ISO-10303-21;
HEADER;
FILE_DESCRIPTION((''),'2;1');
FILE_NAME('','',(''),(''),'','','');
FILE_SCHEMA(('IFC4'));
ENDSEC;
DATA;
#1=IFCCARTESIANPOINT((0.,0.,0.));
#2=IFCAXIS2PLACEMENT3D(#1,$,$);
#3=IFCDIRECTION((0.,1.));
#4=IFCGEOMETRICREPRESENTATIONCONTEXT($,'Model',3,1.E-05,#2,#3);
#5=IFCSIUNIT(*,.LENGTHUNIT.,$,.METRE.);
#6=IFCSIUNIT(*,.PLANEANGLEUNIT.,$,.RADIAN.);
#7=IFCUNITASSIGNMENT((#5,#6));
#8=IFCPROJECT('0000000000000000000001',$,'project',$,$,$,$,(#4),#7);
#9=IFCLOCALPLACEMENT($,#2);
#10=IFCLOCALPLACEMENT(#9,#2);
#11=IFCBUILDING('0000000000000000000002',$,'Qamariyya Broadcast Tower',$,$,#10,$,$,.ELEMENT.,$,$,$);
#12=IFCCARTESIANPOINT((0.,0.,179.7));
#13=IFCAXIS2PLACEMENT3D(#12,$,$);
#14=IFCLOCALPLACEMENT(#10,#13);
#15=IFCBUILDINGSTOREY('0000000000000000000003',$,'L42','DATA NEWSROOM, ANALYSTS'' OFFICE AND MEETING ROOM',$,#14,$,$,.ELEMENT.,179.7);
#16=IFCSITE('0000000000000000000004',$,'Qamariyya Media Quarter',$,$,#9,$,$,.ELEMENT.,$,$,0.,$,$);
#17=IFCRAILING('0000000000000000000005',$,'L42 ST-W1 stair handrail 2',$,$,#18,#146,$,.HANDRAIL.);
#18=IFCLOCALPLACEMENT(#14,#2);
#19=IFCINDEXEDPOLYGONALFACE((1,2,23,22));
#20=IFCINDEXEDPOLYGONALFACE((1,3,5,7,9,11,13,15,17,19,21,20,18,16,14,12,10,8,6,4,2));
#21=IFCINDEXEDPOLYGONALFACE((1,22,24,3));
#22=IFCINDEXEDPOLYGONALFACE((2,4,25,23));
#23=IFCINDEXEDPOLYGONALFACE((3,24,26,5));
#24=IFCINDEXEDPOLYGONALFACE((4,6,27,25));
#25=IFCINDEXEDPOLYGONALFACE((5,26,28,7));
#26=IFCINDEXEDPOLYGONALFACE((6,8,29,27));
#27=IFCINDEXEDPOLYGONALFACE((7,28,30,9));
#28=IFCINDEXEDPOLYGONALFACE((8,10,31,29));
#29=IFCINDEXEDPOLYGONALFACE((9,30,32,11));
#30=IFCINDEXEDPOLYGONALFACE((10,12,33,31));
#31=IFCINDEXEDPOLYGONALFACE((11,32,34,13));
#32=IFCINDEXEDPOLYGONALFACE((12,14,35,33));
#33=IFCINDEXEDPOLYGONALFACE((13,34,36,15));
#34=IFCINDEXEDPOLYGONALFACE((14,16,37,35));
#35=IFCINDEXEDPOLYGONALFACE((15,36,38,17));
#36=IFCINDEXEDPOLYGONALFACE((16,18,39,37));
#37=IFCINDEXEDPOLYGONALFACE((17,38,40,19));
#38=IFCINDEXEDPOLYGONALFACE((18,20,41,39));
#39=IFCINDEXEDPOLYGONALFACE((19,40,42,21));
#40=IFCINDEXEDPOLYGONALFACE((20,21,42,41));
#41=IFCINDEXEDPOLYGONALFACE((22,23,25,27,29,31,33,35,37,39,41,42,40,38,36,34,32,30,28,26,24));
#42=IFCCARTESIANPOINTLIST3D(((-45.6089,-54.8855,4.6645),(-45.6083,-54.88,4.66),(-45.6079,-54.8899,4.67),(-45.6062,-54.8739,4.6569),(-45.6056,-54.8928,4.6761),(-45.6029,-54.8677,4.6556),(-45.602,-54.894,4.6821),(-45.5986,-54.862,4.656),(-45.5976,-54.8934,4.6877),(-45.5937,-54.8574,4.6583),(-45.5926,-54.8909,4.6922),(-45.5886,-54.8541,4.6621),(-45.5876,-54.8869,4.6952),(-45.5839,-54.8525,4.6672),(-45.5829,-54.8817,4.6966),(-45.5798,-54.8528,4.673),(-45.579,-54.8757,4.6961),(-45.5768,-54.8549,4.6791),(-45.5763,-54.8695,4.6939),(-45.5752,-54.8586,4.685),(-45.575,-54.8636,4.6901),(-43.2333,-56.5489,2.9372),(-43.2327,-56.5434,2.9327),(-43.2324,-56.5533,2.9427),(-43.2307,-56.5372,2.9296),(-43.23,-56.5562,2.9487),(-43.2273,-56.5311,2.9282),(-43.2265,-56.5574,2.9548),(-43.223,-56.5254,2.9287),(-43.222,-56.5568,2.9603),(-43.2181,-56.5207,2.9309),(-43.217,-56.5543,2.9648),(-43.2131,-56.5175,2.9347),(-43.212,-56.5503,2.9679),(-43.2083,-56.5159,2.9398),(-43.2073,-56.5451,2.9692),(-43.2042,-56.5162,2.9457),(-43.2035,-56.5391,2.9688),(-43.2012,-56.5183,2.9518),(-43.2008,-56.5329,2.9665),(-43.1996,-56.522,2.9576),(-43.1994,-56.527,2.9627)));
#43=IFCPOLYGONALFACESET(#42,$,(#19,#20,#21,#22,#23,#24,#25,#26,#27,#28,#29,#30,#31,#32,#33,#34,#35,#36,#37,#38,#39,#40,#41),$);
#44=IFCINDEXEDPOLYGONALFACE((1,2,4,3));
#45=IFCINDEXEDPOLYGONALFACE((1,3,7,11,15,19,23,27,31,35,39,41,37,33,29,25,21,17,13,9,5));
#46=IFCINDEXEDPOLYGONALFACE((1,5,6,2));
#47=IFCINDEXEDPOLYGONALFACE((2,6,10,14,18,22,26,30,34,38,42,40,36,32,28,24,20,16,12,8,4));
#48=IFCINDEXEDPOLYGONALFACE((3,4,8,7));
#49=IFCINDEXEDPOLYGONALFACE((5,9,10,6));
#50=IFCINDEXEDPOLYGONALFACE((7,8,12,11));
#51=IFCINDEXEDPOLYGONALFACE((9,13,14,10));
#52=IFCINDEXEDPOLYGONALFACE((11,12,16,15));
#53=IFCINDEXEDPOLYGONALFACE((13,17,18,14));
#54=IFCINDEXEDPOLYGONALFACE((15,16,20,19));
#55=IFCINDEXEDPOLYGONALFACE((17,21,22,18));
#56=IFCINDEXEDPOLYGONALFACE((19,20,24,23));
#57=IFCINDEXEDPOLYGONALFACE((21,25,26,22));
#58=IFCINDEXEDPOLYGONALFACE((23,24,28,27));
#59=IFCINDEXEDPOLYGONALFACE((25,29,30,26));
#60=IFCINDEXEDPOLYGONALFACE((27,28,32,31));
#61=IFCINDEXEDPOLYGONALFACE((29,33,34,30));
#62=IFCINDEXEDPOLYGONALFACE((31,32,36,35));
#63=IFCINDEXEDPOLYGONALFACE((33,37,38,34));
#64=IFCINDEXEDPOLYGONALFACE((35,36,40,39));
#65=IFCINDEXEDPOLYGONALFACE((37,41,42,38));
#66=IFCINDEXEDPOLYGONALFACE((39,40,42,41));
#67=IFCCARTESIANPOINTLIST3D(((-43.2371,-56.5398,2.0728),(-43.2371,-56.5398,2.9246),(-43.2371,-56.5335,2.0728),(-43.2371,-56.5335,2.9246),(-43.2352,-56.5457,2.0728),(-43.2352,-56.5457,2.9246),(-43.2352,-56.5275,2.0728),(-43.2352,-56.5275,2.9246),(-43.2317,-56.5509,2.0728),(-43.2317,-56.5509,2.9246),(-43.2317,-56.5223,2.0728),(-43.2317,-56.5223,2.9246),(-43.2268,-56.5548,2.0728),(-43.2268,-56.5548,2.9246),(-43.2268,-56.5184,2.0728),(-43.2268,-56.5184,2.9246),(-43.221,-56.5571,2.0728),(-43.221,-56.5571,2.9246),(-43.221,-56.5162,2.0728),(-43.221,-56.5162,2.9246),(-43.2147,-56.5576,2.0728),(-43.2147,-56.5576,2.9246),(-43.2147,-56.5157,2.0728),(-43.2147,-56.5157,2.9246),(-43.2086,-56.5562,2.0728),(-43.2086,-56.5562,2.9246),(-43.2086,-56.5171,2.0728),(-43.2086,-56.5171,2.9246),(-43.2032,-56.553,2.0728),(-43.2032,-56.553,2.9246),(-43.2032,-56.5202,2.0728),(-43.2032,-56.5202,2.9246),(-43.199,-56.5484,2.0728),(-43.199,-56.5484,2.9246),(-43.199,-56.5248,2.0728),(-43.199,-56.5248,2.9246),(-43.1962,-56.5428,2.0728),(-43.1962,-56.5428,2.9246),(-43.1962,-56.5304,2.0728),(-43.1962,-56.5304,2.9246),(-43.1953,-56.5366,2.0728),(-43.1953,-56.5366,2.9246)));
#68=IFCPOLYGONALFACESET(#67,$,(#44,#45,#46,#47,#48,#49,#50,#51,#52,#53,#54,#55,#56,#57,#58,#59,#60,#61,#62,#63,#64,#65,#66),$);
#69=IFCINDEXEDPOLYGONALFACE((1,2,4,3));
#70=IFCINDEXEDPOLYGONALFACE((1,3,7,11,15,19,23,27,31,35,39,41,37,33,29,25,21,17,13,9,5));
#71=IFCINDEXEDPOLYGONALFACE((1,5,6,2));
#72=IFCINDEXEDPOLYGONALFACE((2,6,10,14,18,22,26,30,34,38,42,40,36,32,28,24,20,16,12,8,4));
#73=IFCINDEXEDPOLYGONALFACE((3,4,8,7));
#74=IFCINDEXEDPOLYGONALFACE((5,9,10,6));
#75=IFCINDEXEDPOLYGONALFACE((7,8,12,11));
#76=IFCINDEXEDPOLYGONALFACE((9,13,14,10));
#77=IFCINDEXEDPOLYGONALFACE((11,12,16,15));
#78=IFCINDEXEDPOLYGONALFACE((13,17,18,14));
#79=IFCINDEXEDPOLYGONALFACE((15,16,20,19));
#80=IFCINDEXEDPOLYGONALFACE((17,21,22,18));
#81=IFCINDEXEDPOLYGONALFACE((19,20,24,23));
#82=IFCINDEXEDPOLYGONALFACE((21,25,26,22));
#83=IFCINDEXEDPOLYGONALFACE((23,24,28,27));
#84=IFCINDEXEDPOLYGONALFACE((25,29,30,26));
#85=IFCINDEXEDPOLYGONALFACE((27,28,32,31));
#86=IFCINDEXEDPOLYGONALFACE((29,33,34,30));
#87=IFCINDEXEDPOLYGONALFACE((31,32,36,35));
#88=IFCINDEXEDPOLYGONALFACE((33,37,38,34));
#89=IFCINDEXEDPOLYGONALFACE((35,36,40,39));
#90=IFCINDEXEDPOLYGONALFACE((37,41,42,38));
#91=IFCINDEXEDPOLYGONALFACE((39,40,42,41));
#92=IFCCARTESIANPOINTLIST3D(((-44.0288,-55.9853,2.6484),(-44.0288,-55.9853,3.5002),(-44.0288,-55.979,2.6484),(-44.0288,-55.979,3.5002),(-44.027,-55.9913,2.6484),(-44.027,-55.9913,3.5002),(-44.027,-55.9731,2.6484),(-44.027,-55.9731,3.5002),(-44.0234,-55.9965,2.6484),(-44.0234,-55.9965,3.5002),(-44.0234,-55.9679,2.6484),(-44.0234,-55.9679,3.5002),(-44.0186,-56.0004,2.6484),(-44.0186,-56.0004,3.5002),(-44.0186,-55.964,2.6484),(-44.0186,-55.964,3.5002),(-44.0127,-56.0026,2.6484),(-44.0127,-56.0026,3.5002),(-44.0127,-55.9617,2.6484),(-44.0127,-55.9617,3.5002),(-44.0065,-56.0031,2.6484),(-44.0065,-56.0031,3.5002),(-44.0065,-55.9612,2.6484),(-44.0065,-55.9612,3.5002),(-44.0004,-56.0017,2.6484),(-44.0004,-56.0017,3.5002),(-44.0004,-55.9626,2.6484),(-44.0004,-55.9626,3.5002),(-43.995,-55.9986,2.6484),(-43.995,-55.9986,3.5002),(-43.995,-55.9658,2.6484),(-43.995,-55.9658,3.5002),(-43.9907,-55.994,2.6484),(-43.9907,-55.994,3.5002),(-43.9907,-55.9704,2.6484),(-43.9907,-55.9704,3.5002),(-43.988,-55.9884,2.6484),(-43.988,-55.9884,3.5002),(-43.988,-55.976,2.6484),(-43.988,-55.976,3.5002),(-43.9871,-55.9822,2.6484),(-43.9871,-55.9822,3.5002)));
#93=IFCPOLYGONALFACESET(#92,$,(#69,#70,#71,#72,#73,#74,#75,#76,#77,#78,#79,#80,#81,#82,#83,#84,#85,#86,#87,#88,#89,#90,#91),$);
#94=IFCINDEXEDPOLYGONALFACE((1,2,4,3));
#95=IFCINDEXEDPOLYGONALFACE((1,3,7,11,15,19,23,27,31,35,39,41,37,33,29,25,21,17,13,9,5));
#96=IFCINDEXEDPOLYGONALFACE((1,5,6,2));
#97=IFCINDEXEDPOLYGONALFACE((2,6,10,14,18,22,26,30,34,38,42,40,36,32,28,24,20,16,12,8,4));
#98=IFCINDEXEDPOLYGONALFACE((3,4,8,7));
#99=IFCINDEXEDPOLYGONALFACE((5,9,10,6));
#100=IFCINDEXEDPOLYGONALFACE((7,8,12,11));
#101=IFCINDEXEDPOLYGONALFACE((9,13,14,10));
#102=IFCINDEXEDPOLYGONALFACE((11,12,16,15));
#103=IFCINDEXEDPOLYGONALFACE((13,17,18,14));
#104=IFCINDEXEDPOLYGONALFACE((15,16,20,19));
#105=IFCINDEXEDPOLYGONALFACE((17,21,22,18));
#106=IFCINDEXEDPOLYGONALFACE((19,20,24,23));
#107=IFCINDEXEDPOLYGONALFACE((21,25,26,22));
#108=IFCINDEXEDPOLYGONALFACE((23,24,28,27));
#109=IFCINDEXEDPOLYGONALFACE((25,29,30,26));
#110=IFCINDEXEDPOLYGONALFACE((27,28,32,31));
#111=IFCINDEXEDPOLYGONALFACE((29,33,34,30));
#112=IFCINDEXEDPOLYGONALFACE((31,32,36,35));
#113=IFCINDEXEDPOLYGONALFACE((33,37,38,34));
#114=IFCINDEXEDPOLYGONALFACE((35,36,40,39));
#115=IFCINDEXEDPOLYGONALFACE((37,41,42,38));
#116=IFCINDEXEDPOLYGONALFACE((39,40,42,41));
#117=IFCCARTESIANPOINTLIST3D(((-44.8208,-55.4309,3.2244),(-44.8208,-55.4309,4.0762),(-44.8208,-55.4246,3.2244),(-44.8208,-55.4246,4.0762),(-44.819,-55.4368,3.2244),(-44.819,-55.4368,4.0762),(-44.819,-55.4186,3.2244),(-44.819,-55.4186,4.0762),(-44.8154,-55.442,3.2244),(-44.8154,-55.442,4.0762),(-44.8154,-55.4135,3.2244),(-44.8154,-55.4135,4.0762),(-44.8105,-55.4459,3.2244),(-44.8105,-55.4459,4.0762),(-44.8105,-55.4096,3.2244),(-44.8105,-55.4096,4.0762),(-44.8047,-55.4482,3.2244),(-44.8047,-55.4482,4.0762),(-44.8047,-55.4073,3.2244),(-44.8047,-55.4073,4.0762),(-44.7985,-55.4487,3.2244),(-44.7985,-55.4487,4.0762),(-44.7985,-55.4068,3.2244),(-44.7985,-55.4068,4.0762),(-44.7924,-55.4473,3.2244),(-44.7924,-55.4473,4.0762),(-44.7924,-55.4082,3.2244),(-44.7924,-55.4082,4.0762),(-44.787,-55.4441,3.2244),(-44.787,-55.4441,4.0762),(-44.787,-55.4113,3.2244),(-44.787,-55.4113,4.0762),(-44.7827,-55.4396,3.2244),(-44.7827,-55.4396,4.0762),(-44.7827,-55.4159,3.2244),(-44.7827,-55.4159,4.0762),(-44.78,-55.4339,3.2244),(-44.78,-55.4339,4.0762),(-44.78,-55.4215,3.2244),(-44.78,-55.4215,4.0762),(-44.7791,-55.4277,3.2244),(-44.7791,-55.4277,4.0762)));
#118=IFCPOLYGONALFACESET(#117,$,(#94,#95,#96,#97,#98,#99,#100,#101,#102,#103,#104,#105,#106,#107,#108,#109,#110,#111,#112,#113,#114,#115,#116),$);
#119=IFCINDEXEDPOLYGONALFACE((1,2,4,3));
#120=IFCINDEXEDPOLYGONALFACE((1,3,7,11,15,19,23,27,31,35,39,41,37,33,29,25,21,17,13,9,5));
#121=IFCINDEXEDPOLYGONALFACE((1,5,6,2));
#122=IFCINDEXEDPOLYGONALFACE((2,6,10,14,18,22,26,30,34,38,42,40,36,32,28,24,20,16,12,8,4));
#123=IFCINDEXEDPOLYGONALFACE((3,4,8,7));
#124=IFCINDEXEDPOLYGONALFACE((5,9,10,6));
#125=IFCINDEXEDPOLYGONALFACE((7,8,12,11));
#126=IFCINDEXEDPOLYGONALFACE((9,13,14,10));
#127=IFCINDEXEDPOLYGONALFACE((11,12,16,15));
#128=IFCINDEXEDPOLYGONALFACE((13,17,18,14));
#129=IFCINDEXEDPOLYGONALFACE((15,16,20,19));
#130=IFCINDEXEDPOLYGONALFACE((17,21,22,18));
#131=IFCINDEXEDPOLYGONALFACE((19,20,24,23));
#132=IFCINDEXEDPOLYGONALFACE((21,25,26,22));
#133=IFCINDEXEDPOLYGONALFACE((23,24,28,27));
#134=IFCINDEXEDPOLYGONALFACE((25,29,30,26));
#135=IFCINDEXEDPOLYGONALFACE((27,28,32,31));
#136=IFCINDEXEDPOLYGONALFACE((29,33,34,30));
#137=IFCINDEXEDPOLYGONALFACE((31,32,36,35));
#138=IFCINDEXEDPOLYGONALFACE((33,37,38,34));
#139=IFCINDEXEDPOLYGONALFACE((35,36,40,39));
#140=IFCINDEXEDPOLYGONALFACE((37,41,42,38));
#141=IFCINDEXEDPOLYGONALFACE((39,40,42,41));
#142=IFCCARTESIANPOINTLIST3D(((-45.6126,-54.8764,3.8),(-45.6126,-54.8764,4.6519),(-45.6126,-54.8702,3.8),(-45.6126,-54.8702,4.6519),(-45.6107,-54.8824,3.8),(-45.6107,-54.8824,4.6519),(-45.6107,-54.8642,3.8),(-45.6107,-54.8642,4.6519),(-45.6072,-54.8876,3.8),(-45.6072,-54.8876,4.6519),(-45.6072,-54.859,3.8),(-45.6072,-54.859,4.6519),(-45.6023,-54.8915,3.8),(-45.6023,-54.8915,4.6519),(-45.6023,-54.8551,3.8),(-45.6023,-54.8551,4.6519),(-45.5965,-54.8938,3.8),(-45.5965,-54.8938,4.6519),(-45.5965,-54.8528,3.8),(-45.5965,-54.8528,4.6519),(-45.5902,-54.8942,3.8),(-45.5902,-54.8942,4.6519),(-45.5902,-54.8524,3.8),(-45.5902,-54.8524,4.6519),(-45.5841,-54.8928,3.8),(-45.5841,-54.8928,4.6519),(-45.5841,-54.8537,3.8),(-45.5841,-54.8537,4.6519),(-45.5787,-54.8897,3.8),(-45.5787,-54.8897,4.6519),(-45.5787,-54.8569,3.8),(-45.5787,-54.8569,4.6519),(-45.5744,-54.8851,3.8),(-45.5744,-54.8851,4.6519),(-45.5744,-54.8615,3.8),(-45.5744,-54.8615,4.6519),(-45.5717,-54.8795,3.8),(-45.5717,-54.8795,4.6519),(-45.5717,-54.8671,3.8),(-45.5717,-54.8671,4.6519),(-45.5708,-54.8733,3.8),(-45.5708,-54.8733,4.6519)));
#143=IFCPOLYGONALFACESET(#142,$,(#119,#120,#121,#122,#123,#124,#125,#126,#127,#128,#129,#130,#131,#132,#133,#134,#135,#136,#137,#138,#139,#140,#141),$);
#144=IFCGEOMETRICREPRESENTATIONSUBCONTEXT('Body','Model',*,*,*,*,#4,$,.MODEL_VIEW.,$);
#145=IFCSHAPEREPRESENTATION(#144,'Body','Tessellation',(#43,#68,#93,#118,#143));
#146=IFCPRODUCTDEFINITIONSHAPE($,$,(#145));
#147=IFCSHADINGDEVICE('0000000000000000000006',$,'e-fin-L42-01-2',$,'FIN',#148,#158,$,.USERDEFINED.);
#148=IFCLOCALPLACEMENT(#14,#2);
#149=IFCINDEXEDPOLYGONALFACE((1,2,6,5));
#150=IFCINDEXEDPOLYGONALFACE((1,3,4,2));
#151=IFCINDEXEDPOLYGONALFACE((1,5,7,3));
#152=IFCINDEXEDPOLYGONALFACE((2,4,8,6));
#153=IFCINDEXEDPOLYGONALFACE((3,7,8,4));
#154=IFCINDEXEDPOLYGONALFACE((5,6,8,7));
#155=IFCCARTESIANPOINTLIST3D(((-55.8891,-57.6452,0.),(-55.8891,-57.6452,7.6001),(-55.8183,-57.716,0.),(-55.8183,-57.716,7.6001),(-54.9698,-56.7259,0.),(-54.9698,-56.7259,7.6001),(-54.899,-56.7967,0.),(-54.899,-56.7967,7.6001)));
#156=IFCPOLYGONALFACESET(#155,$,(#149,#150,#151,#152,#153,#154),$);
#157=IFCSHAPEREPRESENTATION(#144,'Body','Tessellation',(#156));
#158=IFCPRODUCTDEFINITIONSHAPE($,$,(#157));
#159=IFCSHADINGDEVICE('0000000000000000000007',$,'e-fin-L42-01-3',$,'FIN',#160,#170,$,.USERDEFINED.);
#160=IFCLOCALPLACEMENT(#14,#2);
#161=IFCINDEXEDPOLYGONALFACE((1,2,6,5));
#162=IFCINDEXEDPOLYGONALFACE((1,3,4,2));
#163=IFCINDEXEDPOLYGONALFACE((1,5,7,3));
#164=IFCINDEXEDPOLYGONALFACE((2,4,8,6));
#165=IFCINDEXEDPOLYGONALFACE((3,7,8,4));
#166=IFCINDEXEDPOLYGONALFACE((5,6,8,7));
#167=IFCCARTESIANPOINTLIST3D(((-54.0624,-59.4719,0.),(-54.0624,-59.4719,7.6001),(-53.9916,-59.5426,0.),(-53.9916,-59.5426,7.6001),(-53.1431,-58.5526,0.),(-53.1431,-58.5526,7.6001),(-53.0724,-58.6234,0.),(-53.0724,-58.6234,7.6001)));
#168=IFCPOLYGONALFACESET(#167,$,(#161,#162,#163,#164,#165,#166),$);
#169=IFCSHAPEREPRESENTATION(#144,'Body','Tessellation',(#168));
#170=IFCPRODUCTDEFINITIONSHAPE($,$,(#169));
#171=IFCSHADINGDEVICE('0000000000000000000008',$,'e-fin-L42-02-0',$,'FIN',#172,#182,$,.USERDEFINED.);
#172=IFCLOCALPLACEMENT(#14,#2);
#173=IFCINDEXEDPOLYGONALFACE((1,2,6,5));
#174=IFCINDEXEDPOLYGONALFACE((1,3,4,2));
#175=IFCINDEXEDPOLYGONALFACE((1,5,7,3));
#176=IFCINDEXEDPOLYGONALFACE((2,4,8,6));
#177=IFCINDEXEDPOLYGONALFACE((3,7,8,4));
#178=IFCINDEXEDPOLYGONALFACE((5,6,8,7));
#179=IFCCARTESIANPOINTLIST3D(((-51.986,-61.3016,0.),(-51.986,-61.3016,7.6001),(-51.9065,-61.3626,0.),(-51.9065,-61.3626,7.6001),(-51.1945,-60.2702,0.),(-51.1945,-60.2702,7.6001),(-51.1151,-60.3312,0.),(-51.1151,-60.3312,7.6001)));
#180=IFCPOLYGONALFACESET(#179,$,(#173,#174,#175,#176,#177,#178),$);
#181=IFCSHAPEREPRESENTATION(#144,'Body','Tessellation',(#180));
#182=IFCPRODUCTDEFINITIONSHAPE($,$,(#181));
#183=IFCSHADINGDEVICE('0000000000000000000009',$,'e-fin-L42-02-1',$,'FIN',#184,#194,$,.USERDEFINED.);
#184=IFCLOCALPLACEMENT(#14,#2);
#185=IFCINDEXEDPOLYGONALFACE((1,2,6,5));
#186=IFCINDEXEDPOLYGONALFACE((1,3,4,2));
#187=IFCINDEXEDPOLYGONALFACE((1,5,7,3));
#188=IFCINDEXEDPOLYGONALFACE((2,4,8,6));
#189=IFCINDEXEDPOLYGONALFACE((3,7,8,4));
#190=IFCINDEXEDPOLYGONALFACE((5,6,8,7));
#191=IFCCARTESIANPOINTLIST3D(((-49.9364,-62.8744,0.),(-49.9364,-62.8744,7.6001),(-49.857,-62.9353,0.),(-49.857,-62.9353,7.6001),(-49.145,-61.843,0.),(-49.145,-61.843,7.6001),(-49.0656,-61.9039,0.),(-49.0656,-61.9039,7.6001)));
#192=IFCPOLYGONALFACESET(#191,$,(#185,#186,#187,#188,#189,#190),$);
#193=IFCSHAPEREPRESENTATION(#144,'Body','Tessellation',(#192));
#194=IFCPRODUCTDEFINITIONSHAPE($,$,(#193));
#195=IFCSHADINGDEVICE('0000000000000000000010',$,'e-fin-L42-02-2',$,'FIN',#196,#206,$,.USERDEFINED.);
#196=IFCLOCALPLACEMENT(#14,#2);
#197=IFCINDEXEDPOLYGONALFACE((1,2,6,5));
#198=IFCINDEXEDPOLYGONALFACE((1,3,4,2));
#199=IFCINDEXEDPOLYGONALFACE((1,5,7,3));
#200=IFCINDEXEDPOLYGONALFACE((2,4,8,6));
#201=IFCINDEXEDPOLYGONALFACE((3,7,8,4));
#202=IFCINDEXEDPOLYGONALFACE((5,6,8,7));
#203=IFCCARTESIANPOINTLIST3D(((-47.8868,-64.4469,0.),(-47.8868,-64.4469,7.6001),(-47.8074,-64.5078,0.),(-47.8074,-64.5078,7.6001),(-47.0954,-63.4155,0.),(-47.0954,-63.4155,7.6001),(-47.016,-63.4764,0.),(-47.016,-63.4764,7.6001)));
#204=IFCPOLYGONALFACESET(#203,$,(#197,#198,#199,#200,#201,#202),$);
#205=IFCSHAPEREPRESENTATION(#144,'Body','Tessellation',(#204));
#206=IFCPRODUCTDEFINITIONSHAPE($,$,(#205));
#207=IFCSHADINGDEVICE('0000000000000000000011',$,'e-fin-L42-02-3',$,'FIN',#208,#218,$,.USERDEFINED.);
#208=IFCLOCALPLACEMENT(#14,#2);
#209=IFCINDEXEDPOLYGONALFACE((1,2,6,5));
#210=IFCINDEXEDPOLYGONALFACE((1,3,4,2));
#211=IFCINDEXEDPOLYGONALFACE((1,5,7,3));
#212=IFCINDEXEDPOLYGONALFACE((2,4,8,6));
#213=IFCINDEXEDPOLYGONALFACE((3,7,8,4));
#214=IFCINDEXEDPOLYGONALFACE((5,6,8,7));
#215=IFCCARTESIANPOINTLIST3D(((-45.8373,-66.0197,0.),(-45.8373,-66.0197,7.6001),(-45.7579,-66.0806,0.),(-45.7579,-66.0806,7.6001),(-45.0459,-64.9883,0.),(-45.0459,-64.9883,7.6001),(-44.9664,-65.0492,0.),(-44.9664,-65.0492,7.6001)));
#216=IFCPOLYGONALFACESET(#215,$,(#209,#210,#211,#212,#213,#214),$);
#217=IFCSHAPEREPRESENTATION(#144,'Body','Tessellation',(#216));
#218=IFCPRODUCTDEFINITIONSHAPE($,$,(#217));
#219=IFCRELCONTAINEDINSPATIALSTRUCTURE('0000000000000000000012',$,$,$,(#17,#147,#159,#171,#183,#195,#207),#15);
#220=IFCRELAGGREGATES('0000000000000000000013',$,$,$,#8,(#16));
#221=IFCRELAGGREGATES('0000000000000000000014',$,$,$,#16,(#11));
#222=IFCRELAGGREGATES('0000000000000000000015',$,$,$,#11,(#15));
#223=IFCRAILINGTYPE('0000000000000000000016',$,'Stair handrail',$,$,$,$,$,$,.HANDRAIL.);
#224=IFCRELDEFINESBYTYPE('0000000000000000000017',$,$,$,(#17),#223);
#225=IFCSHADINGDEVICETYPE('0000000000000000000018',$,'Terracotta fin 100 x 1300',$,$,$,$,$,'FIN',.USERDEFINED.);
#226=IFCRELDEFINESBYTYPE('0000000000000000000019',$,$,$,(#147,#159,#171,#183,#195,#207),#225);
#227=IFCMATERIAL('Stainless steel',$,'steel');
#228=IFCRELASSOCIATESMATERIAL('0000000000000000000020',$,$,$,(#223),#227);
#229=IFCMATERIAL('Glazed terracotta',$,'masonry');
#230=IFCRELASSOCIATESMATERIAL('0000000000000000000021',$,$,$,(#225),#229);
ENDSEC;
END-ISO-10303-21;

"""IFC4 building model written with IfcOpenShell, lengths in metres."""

from ifc_helpers import new_model, si_unit, direction, frame, origin, origin_2d, place, context, subcontext, project, spatial, rectangle, circle, extrude, material, material_profile, profile_set, type_object, element, save


model = new_model("IFC4")

# Units and contexts
model_context = context("Model", 3, precision=1e-05, world=origin(), true_north=direction((0.0, 1.0)))
body_context = subcontext(model_context, "Body", "Model", "MODEL_VIEW")
ifc_project = project(units=[si_unit("LENGTHUNIT", "METRE"), si_unit("PLANEANGLEUNIT", "RADIAN")], contexts=[model_context])

# Site, building, storey
site_placement = place(None, origin())
site = spatial("IfcSite", under=ifc_project, at=site_placement, Name="Qamariyya Media Quarter", CompositionType="ELEMENT", RefElevation=0.0)
building_placement = place(site_placement, origin())
building = spatial("IfcBuilding", under=site, at=building_placement, Name="Qamariyya Broadcast Tower", CompositionType="ELEMENT")
storey_placement = place(building_placement, frame((0.0, 0.0, 179.7)))
storey = spatial("IfcBuildingStorey", under=building, at=storey_placement, Name="L42", Description="DATA NEWSROOM, ANALYSTS' OFFICE AND MEETING ROOM", CompositionType="ELEMENT", Elevation=179.7)

# Railing
ifc_material_1 = material(Name="Stainless steel", Category="steel")
railing_type_1 = type_object("IfcRailingType", Name="Stair handrail", PredefinedType="HANDRAIL", material=ifc_material_1)
railing_1_placement = place(storey_placement, frame((-43.2163, -56.5366, 2.0728)))
element("IfcRailing", 1, at=railing_1_placement, inside=storey, type_object=railing_type_1, Name="L42 ST-W1 stair handrail 2", PredefinedType="HANDRAIL", context=body_context, shape_type="SweptSolid", body=[
    extrude(circle(Radius=0.0239, at=origin_2d()), frame((0.0, 0.0, 0.876), z_axis=(-0.70377, 0.492784, 0.511734), x_axis=(-0.573575, -0.819153, 0.0)), (0.0, 0.0, 1.0), 3.3755),
    extrude(circle(Radius=0.021, at=origin_2d()), origin(), (0.0, 0.0, 1.0), 0.8518),
    extrude(circle(Radius=0.021, at=origin_2d()), frame((-0.7917, 0.5544, 0.5757)), (0.0, 0.0, 1.0), 0.8518),
    extrude(circle(Radius=0.021, at=origin_2d()), frame((-1.5837, 1.1089, 1.1516)), (0.0, 0.0, 1.0), 0.8518),
    extrude(circle(Radius=0.021, at=origin_2d()), frame((-2.3755, 1.6633, 1.7273)), (0.0, 0.0, 1.0), 0.8518),
])

# Shading devices
ifc_material_2 = material(Name="Glazed terracotta", Category="masonry")
ifc_material_profile_1 = material_profile(ifc_material_2, rectangle(XDim=1.3, YDim=0.1001, at=origin_2d()))
ifc_profile_set_1 = profile_set([ifc_material_profile_1], Name="Glazed terracotta")
shading_device_type_1 = type_object("IfcShadingDeviceType", Name="Terracotta fin 100 x 1300", ElementType="FIN", PredefinedType="USERDEFINED", material=ifc_profile_set_1)
for number, where, z_axis, x_axis, name in (
    (2, (-55.394, -57.2209, 0.0), (0.0, 0.0, 1.0), (-0.707107, -0.707107, 0.0), "e-fin-L42-01-2"),
    (3, (-53.5674, -59.0476, 0.0), (0.0, 0.0, 1.0), (-0.707107, -0.707107, 0.0), "e-fin-L42-01-3"),
    (4, (-51.5505, -60.8164, 0.0), (0.0, 0.0, 1.0), (-0.608761, -0.793353, 0.0), "e-fin-L42-02-0"),
    (5, (-49.501, -62.3892, 0.0), (0.0, 0.0, 1.0), (-0.608761, -0.793353, 0.0), "e-fin-L42-02-1"),
    (6, (-47.4514, -63.9617, 0.0), (0.0, 0.0, 1.0), (-0.608761, -0.793353, 0.0), "e-fin-L42-02-2"),
    (7, (-45.4019, -65.5344, 0.0), (0.0, 0.0, 1.0), (-0.608761, -0.793353, 0.0), "e-fin-L42-02-3"),
):
    element("IfcShadingDevice", number, at=place(storey_placement, frame(where, z_axis=z_axis, x_axis=x_axis)), inside=storey, type_object=shading_device_type_1, Name=name, ObjectType="FIN", PredefinedType="USERDEFINED", context=body_context, shape_type="SweptSolid", body=[
        extrude(rectangle(XDim=1.3, YDim=0.1001, at=origin_2d()), origin(), (0.0, 0.0, 1.0), 7.6001),
    ])

save(model, "model.ifc")
